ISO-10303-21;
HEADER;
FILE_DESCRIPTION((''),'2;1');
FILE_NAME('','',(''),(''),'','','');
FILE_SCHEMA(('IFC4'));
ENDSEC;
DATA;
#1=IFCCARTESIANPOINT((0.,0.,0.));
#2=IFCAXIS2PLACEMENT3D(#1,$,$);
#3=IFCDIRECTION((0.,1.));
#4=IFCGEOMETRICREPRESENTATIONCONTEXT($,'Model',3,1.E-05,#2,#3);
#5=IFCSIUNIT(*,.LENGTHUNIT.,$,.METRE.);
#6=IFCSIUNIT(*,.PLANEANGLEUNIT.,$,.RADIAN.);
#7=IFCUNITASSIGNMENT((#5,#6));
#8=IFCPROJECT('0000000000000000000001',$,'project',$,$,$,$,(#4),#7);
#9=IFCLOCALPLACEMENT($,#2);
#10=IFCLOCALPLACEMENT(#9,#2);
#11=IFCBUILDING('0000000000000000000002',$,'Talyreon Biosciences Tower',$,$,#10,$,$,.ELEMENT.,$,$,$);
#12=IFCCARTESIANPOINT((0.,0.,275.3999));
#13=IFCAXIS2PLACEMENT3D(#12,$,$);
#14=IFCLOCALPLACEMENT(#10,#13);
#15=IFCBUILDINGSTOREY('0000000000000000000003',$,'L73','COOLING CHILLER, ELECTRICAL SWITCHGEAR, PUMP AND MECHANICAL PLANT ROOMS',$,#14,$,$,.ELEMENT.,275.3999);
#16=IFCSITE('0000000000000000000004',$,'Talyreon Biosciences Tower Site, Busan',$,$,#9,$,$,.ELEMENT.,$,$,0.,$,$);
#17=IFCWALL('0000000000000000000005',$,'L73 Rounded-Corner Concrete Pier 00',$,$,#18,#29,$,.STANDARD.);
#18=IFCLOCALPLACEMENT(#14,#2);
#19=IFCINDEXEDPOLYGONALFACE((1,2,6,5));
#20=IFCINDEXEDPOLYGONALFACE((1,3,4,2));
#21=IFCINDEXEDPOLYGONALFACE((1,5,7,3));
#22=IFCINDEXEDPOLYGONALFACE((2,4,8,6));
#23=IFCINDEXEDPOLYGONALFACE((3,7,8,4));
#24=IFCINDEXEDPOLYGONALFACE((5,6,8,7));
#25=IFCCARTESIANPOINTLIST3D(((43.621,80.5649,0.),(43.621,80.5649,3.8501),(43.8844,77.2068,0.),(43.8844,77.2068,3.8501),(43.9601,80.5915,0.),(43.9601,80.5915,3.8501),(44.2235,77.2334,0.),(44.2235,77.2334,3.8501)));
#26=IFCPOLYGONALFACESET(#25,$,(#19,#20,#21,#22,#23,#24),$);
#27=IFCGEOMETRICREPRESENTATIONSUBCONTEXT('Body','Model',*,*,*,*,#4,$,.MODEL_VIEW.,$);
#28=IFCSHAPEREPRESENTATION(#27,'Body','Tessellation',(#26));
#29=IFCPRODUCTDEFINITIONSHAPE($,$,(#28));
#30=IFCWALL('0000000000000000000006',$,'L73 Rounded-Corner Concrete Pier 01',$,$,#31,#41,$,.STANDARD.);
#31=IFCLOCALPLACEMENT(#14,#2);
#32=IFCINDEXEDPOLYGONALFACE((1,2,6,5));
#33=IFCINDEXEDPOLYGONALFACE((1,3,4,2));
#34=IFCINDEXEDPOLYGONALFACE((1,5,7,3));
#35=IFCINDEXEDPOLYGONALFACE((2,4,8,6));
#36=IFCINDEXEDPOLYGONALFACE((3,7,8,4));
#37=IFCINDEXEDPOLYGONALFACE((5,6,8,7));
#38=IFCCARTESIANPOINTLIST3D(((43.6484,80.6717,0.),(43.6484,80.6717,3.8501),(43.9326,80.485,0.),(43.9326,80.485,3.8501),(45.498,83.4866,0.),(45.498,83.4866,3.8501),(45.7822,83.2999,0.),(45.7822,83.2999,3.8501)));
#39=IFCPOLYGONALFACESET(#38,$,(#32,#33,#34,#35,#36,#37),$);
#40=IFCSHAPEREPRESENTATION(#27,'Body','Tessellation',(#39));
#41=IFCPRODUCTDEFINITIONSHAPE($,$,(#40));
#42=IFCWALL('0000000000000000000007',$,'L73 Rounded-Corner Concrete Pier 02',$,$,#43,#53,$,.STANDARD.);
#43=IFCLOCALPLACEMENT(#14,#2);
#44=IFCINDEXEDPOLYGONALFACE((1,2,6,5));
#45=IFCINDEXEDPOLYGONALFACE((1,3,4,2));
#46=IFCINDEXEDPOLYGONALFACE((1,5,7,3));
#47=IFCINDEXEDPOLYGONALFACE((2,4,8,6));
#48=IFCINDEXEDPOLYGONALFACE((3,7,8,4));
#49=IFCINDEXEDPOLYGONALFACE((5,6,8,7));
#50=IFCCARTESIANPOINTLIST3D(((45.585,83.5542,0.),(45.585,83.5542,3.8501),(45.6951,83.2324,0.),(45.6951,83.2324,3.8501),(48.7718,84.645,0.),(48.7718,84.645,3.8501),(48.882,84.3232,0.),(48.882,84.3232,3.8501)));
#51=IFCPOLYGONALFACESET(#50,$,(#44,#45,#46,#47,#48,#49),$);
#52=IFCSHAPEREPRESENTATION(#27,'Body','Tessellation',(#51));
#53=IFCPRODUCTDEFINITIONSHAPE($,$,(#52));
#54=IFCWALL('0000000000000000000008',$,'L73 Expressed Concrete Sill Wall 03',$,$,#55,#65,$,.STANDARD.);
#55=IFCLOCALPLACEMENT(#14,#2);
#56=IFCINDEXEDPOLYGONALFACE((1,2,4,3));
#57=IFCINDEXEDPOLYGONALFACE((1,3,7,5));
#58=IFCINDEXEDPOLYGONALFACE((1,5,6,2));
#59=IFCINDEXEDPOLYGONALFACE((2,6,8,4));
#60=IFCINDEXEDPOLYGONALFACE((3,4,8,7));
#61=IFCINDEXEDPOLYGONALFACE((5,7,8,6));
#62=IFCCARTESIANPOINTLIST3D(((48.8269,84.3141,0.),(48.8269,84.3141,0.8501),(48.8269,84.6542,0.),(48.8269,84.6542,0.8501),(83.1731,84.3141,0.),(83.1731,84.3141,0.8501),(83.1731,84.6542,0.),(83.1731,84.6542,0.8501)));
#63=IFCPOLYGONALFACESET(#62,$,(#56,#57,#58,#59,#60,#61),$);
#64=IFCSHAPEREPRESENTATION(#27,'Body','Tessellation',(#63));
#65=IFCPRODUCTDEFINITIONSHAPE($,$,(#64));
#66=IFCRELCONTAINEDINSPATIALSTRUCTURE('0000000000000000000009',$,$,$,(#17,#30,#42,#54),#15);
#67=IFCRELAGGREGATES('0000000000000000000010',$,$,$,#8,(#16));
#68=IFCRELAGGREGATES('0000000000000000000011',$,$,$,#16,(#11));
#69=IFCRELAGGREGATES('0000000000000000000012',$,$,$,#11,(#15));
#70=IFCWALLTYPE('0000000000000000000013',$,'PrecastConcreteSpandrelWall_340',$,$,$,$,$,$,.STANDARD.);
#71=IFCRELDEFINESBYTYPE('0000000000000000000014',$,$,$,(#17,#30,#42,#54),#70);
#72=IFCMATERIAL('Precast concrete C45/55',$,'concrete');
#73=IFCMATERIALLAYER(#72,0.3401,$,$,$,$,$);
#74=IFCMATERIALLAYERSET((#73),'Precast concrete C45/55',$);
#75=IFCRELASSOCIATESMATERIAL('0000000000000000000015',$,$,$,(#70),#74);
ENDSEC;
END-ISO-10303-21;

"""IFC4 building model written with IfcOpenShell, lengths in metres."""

from ifc_helpers import new_model, si_unit, direction, frame, frame_2d, origin, place, context, subcontext, project, spatial, rectangle, extrude, material, layer, layer_set, type_object, element, save


model = new_model("IFC4")

# Units and contexts
model_context = context("Model", 3, precision=1e-05, world=origin(), true_north=direction((0.0, 1.0)))
body_context = subcontext(model_context, "Body", "Model", "MODEL_VIEW")
ifc_project = project(units=[si_unit("LENGTHUNIT", "METRE"), si_unit("PLANEANGLEUNIT", "RADIAN")], contexts=[model_context])

# Site, building, storey
site_placement = place(None, origin())
site = spatial("IfcSite", under=ifc_project, at=site_placement, Name="Talyreon Biosciences Tower Site, Busan", CompositionType="ELEMENT", RefElevation=0.0)
building_placement = place(site_placement, origin())
building = spatial("IfcBuilding", under=site, at=building_placement, Name="Talyreon Biosciences Tower", CompositionType="ELEMENT")
storey_placement = place(building_placement, frame((0.0, 0.0, 275.3999)))
storey = spatial("IfcBuildingStorey", under=building, at=storey_placement, Name="L73", Description="COOLING CHILLER, ELECTRICAL SWITCHGEAR, PUMP AND MECHANICAL PLANT ROOMS", CompositionType="ELEMENT", Elevation=275.3999)

# Shared definitions
ifc_material_1 = material(Name="Precast concrete C45/55", Category="concrete")

# Walls
ifc_layer_1 = layer(ifc_material_1, 0.3401)
ifc_layer_set_1 = layer_set([ifc_layer_1], Name="Precast concrete C45/55")
wall_type_1 = type_object("IfcWallType", Name="PrecastConcreteSpandrelWall_340", PredefinedType="STANDARD", material=ifc_layer_set_1)
wall_1_placement = place(storey_placement, frame((44.054, 77.2202, 0.0), z_axis=(0.0, 0.0, 1.0), x_axis=(-0.078204, 0.996937, 0.0)))
element("IfcWall", 1, at=wall_1_placement, inside=storey, type_object=wall_type_1, Name="L73 Rounded-Corner Concrete Pier 00", PredefinedType="STANDARD", context=body_context, shape_type="SweptSolid", body=[
    extrude(rectangle(XDim=3.3684, YDim=0.3401, at=frame_2d((1.6841, 0.0))), origin(), (0.0, 0.0, 1.0), 3.8501),
])
wall_2_placement = place(storey_placement, frame((43.7905, 80.5784, 0.0), z_axis=(0.0, 0.0, 1.0), x_axis=(0.549134, 0.835734, 0.0)))
element("IfcWall", 2, at=wall_2_placement, inside=storey, type_object=wall_type_1, Name="L73 Rounded-Corner Concrete Pier 01", PredefinedType="STANDARD", context=body_context, shape_type="SweptSolid", body=[
    extrude(rectangle(XDim=3.3682, YDim=0.3401, at=frame_2d((1.6841, 0.0))), origin(), (0.0, 0.0, 1.0), 3.8501),
])
wall_3_placement = place(storey_placement, frame((45.6401, 83.3933, 0.0), z_axis=(0.0, 0.0, 1.0), x_axis=(0.946108, 0.32385, 0.0)))
element("IfcWall", 3, at=wall_3_placement, inside=storey, type_object=wall_type_1, Name="L73 Rounded-Corner Concrete Pier 02", PredefinedType="STANDARD", context=body_context, shape_type="SweptSolid", body=[
    extrude(rectangle(XDim=3.3684, YDim=0.3401, at=frame_2d((1.6841, 0.0))), origin(), (0.0, 0.0, 1.0), 3.8501),
])
wall_4_placement = place(storey_placement, frame((48.8269, 84.4841, 0.0), z_axis=(0.0, 0.0, 1.0), x_axis=(1.0, 0.0, 0.0)))
element("IfcWall", 4, at=wall_4_placement, inside=storey, type_object=wall_type_1, Name="L73 Expressed Concrete Sill Wall 03", PredefinedType="STANDARD", context=body_context, shape_type="SweptSolid", body=[
    extrude(rectangle(XDim=34.3462, YDim=0.3401, at=frame_2d((17.1731, 0.0))), origin(), (0.0, 0.0, 1.0), 0.8501),
])

save(model, "model.ifc")
